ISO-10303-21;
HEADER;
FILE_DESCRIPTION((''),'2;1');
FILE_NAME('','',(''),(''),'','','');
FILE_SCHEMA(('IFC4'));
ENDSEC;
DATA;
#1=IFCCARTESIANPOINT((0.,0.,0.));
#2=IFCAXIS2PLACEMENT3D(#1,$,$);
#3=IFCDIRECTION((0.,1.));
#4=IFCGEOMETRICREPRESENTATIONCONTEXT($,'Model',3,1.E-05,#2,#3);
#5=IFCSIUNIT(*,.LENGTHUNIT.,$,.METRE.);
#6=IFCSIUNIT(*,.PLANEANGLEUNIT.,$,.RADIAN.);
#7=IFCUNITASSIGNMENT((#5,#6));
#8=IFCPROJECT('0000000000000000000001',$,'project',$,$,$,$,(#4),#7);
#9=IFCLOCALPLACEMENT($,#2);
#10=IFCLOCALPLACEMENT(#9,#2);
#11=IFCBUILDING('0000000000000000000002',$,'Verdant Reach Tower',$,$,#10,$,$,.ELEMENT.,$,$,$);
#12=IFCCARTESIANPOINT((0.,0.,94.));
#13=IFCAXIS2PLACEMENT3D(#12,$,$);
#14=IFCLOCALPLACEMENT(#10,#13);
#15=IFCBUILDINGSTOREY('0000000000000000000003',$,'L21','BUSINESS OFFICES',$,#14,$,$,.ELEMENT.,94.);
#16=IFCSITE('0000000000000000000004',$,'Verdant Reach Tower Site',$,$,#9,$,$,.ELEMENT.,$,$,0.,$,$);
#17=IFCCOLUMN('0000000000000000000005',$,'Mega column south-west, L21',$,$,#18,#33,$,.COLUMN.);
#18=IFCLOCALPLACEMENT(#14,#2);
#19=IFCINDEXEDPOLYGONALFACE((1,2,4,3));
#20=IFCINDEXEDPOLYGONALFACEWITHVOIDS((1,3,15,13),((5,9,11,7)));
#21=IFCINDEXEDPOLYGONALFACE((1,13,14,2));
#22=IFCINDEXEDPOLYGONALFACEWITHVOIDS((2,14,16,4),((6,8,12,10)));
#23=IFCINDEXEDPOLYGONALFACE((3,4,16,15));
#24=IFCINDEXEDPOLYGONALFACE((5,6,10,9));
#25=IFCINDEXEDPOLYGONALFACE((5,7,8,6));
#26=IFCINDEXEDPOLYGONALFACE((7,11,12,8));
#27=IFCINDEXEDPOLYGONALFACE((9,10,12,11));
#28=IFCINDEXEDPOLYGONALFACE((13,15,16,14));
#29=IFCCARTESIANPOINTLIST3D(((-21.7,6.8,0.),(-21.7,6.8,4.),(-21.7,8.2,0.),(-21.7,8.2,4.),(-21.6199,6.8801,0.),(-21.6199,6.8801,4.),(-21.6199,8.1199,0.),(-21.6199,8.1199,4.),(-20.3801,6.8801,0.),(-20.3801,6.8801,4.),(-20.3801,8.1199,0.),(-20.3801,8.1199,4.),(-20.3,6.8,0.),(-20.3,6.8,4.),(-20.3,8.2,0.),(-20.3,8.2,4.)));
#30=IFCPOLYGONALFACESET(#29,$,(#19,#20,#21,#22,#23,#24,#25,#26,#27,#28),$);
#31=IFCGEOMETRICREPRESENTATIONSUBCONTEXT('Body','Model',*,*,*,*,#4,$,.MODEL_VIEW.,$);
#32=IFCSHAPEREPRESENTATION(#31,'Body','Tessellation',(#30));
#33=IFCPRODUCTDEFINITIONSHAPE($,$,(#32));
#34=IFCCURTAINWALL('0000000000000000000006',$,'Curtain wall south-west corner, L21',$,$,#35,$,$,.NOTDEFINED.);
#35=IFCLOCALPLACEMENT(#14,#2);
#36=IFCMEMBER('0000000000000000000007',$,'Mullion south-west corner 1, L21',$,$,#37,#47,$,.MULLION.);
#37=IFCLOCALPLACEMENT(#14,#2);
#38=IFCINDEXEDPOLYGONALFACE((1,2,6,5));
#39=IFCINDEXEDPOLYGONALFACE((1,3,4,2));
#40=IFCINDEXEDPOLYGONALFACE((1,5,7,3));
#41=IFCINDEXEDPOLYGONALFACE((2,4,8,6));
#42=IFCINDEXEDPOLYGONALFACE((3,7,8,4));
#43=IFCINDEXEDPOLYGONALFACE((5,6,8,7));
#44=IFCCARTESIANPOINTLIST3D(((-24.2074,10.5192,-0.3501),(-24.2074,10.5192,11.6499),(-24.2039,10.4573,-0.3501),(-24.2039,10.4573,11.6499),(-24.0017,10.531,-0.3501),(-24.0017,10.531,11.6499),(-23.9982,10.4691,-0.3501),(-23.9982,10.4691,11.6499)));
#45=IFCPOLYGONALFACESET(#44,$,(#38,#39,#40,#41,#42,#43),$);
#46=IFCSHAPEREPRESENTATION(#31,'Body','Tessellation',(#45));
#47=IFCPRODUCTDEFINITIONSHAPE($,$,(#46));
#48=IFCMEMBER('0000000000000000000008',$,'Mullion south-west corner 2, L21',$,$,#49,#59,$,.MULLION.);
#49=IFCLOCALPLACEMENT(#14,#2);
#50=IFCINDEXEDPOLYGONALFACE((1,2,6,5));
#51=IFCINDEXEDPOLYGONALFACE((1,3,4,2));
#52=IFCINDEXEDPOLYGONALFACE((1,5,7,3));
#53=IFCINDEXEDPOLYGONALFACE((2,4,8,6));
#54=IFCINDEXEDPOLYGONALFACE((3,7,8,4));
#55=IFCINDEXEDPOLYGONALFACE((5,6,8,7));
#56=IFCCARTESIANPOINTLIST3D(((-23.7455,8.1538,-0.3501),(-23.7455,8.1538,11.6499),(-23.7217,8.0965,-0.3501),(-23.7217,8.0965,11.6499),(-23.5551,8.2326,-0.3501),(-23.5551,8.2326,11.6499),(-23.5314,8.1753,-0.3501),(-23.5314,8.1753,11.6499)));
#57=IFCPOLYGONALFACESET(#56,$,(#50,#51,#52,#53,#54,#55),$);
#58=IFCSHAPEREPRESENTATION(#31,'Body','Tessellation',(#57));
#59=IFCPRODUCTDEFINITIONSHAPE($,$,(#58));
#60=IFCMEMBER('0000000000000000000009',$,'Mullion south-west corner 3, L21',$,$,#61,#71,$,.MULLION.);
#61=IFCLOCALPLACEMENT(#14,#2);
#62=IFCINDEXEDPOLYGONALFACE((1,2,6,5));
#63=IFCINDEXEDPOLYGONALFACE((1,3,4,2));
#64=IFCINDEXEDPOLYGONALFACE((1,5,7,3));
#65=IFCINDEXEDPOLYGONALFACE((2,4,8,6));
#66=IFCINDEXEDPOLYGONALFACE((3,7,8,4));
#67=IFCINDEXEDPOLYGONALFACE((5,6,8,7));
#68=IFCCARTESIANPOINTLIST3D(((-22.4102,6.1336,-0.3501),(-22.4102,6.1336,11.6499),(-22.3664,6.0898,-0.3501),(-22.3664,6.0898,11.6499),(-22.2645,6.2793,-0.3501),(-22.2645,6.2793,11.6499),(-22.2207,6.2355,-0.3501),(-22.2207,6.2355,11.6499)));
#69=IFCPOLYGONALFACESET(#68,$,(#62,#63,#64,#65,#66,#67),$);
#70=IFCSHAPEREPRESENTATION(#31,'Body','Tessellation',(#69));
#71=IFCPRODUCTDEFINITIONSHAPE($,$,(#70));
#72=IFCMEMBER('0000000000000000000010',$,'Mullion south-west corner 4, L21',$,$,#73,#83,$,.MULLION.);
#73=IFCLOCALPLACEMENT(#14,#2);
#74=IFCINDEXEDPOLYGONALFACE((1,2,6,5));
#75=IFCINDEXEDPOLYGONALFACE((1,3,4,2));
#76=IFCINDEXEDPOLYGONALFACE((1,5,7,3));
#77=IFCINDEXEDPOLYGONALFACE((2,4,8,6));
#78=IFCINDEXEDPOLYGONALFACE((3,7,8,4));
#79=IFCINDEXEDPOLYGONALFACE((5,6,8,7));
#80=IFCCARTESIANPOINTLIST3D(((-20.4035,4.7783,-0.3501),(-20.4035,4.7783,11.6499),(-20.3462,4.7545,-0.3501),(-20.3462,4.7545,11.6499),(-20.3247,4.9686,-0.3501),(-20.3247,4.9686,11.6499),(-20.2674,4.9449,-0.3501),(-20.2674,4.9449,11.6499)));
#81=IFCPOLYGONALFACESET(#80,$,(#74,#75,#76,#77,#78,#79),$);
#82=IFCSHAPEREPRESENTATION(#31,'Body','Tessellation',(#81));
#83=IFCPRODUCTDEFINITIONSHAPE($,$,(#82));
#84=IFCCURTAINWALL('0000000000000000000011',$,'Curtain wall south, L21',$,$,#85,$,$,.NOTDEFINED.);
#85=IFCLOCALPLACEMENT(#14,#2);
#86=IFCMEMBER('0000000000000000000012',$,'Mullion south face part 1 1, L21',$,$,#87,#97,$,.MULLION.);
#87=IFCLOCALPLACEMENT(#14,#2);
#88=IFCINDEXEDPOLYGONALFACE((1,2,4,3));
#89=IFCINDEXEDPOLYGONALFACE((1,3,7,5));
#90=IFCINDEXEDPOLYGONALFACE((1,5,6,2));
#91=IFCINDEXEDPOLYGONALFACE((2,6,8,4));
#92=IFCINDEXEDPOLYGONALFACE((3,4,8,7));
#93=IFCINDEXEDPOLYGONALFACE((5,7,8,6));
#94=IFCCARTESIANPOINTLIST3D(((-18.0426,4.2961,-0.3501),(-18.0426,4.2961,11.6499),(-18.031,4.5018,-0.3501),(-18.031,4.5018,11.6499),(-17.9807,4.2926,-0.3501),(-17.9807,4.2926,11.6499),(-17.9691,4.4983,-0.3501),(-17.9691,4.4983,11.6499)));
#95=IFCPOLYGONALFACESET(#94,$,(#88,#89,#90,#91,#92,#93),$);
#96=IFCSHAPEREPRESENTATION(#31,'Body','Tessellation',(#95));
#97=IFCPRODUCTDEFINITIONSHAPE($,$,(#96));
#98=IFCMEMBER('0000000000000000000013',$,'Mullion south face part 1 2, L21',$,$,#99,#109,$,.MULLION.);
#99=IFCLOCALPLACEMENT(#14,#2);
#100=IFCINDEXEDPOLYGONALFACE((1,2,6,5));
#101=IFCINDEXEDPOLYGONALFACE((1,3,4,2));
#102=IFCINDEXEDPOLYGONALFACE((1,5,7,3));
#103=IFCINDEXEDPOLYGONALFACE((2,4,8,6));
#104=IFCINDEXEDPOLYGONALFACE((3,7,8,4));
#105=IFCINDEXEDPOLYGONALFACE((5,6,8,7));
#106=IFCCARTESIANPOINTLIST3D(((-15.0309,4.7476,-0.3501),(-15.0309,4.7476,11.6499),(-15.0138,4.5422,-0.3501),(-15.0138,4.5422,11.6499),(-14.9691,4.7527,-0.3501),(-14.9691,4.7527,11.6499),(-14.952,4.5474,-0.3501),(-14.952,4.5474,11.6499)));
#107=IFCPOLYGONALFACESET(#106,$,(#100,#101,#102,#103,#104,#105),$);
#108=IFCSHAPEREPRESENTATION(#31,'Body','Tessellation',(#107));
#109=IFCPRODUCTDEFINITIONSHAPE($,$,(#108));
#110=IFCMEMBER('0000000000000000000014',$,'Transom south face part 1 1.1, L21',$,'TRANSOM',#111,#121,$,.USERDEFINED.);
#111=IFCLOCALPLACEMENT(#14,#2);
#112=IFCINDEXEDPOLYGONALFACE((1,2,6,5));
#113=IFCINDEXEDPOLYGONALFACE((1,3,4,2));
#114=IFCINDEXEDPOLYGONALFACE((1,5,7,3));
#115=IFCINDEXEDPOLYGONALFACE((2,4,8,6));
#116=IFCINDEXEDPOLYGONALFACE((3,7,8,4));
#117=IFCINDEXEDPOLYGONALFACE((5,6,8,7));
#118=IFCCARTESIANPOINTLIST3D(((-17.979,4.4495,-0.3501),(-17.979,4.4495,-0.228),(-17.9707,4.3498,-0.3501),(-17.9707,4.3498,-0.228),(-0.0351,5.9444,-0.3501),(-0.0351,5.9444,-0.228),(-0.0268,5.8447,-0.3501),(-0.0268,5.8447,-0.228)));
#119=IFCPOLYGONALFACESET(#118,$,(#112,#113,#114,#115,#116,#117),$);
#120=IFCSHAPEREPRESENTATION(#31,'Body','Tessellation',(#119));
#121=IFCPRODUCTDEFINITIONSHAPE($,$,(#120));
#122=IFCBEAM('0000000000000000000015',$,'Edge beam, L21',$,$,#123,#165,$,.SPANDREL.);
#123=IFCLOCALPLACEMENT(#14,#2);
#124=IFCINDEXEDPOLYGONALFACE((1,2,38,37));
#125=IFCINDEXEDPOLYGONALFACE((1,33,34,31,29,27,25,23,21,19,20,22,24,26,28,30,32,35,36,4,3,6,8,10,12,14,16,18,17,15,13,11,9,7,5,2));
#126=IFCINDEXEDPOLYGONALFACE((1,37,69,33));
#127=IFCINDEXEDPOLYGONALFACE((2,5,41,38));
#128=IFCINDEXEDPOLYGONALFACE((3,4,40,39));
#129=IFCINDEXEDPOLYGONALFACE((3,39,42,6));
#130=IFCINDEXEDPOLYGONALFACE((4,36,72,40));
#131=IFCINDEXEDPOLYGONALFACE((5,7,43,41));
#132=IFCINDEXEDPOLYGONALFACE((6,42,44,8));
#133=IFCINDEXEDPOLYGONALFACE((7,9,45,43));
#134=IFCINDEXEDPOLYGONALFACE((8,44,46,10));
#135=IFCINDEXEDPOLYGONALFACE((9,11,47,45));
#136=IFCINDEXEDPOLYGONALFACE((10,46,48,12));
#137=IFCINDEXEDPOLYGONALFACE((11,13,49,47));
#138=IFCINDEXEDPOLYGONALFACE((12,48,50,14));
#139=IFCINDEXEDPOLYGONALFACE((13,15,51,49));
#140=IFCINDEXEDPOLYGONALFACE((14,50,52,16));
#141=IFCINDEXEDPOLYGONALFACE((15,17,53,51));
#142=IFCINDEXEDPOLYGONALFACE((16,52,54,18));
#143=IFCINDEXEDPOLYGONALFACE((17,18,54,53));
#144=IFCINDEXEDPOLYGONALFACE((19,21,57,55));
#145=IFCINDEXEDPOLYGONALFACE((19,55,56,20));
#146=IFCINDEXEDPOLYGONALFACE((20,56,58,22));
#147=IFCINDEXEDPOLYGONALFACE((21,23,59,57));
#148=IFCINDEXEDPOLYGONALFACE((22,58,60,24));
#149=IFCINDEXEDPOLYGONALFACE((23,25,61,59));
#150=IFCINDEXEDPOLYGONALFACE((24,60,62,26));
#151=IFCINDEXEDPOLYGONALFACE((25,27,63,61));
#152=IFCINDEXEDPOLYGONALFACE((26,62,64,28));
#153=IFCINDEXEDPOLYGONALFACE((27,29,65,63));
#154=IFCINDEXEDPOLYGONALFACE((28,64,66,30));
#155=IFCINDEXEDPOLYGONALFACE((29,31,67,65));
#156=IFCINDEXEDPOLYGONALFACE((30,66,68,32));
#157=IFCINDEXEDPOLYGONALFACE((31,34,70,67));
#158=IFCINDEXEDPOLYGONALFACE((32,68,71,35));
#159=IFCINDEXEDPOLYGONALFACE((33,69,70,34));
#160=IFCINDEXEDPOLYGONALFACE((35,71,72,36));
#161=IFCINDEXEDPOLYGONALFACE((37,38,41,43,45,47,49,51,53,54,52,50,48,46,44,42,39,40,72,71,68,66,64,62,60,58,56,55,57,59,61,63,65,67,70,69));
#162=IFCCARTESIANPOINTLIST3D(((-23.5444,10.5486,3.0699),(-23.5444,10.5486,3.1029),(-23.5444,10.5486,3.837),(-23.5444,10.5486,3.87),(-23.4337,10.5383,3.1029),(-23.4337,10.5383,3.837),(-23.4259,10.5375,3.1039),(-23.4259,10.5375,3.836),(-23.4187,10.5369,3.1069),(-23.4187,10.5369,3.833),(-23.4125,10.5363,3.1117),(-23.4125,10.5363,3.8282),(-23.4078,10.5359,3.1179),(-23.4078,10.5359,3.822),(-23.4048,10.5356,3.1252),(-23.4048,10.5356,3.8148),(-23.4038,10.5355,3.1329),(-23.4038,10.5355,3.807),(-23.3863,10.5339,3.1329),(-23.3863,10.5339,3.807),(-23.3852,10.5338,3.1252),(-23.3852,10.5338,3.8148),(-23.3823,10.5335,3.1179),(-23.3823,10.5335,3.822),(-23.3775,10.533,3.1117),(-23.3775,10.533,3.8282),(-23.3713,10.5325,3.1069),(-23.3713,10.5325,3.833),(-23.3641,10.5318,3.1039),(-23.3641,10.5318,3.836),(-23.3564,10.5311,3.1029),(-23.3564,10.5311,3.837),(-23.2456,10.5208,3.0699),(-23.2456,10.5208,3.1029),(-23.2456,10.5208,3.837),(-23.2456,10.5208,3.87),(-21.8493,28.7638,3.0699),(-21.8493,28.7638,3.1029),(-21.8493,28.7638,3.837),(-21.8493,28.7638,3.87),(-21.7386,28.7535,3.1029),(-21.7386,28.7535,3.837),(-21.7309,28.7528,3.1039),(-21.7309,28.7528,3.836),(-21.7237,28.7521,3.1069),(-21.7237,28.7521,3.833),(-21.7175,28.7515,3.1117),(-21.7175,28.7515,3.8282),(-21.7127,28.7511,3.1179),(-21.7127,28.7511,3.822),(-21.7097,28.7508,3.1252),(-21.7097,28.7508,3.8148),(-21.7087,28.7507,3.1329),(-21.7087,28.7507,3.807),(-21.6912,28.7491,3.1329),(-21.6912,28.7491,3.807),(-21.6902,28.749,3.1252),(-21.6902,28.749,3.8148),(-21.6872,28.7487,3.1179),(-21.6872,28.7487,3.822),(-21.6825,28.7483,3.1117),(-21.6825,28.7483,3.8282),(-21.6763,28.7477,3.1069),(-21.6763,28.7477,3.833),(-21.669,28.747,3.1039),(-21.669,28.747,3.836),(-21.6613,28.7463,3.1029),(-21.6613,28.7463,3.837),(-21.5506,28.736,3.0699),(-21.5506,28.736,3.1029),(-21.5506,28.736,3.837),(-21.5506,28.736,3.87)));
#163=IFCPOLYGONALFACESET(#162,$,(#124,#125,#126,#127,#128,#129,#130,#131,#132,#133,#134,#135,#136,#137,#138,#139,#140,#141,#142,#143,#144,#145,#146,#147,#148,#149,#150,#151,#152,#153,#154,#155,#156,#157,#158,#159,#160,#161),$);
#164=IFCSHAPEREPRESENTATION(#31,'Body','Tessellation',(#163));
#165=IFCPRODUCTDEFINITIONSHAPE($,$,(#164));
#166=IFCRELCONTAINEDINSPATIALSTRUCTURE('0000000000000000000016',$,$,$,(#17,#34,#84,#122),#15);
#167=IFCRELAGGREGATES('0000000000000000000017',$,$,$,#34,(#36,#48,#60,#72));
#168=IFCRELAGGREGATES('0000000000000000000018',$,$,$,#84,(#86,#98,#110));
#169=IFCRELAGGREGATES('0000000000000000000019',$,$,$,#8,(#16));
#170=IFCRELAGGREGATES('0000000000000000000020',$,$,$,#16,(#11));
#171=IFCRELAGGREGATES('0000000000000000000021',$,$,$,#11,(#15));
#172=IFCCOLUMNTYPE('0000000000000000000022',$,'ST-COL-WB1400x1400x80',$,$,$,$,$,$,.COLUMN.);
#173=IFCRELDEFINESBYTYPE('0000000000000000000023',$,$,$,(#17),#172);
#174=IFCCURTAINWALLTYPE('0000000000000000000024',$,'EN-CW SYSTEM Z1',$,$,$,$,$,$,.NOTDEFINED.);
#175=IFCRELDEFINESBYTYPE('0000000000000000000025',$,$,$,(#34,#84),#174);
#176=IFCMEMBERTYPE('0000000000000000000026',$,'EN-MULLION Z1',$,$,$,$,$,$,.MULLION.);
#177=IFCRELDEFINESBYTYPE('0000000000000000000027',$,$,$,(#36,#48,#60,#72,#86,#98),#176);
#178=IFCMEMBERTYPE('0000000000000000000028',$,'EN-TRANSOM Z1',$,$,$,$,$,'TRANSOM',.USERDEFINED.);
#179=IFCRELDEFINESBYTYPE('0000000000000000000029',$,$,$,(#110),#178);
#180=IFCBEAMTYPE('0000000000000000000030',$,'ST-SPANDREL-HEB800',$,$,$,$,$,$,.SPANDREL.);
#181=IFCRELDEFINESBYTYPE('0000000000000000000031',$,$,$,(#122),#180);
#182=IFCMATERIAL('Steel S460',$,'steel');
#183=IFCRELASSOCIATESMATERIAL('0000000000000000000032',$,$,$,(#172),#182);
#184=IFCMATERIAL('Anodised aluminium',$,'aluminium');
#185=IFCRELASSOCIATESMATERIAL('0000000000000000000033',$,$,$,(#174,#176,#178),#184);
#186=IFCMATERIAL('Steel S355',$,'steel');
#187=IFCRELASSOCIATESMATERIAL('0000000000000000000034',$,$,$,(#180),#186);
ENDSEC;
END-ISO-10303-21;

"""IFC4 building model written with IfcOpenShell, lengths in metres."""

from ifc_helpers import new_model, si_unit, direction, frame, origin, origin_2d, place, context, subcontext, project, spatial, rectangle, hollow_rectangle, i_section, extrude, material, material_profile, profile_set, type_object, element, aggregate, save


model = new_model("IFC4")

# Units and contexts
model_context = context("Model", 3, precision=1e-05, world=origin(), true_north=direction((0.0, 1.0)))
body_context = subcontext(model_context, "Body", "Model", "MODEL_VIEW")
ifc_project = project(units=[si_unit("LENGTHUNIT", "METRE"), si_unit("PLANEANGLEUNIT", "RADIAN")], contexts=[model_context])

# Site, building, storey
site_placement = place(None, origin())
site = spatial("IfcSite", under=ifc_project, at=site_placement, Name="Verdant Reach Tower Site", CompositionType="ELEMENT", RefElevation=0.0)
building_placement = place(site_placement, origin())
building = spatial("IfcBuilding", under=site, at=building_placement, Name="Verdant Reach Tower", CompositionType="ELEMENT")
storey_placement = place(building_placement, frame((0.0, 0.0, 94.0)))
storey = spatial("IfcBuildingStorey", under=building, at=storey_placement, Name="L21", Description="BUSINESS OFFICES", CompositionType="ELEMENT", Elevation=94.0)

# Column
ifc_material_1 = material(Name="Steel S460", Category="steel")
ifc_material_profile_1 = material_profile(ifc_material_1, hollow_rectangle(XDim=1.3999, YDim=1.3999, WallThickness=0.0801, at=origin_2d()), Name="WB 1400x1400x80")
ifc_profile_set_1 = profile_set([ifc_material_profile_1], Name="Steel S460")
column_type = type_object("IfcColumnType", Name="ST-COL-WB1400x1400x80", PredefinedType="COLUMN", material=ifc_profile_set_1)
column_placement = place(storey_placement, frame((-21.0, 7.5, 0.0), z_axis=(0.0, 0.0, 1.0), x_axis=(1.0, 0.0, 0.0)))
element("IfcColumn", 1, at=column_placement, inside=storey, type_object=column_type, Name="Mega column south-west, L21", PredefinedType="COLUMN", context=body_context, shape_type="SweptSolid", body=[
    extrude(hollow_rectangle(XDim=1.3999, YDim=1.3999, WallThickness=0.0801, at=origin_2d()), origin(), (0.0, 0.0, 1.0), 4.0),
])

# Curtain walls, members
ifc_material_2 = material(Name="Anodised aluminium", Category="aluminium")
curtain_wall_type = type_object("IfcCurtainWallType", Name="EN-CW SYSTEM Z1", PredefinedType="NOTDEFINED", material=ifc_material_2)
curtain_wall_1_placement = place(storey_placement, origin())
curtain_wall_1 = element("IfcCurtainWall", 2, at=curtain_wall_1_placement, inside=storey, type_object=curtain_wall_type, Name="Curtain wall south-west corner, L21", PredefinedType="NOTDEFINED")
ifc_material_profile_2 = material_profile(ifc_material_2, rectangle(XDim=0.2061, YDim=0.062, at=origin_2d()), Name="Mullion 62x206")
ifc_profile_set_2 = profile_set([ifc_material_profile_2], Name="Anodised aluminium")
member_type_1 = type_object("IfcMemberType", Name="EN-MULLION Z1", PredefinedType="MULLION", material=ifc_profile_set_2)
member_1_placement = place(storey_placement, frame((-24.1028, 10.4941, -0.3501), z_axis=(0.0, 0.0, 1.0), x_axis=(-0.998366, -0.057135, 0.0)))
member_1 = element("IfcMember", 3, at=member_1_placement, type_object=member_type_1, Name="Mullion south-west corner 1, L21", PredefinedType="MULLION", context=body_context, shape_type="SweptSolid", body=[
    extrude(rectangle(XDim=0.2061, YDim=0.062, at=origin_2d()), origin(), (0.0, 0.0, 1.0), 12.0),
])
member_2_placement = place(storey_placement, frame((-23.6384, 8.1646, -0.3501), z_axis=(0.0, 0.0, 1.0), x_axis=(-0.923875, -0.382694, 0.0)))
member_2 = element("IfcMember", 4, at=member_2_placement, type_object=member_type_1, Name="Mullion south-west corner 2, L21", PredefinedType="MULLION", context=body_context, shape_type="SweptSolid", body=[
    extrude(rectangle(XDim=0.2061, YDim=0.062, at=origin_2d()), origin(), (0.0, 0.0, 1.0), 12.0),
])
member_3_placement = place(storey_placement, frame((-22.3154, 6.1846, -0.3501), z_axis=(0.0, 0.0, 1.0), x_axis=(-0.707107, -0.707107, 0.0)))
member_3 = element("IfcMember", 5, at=member_3_placement, type_object=member_type_1, Name="Mullion south-west corner 3, L21", PredefinedType="MULLION", context=body_context, shape_type="SweptSolid", body=[
    extrude(rectangle(XDim=0.2061, YDim=0.062, at=origin_2d()), origin(), (0.0, 0.0, 1.0), 12.0),
])
member_4_placement = place(storey_placement, frame((-20.3354, 4.8616, -0.3501), z_axis=(0.0, 0.0, 1.0), x_axis=(-0.382694, -0.923875, 0.0)))
member_4 = element("IfcMember", 6, at=member_4_placement, type_object=member_type_1, Name="Mullion south-west corner 4, L21", PredefinedType="MULLION", context=body_context, shape_type="SweptSolid", body=[
    extrude(rectangle(XDim=0.2061, YDim=0.062, at=origin_2d()), origin(), (0.0, 0.0, 1.0), 12.0),
])
curtain_wall_2_placement = place(storey_placement, origin())
curtain_wall_2 = element("IfcCurtainWall", 7, at=curtain_wall_2_placement, inside=storey, type_object=curtain_wall_type, Name="Curtain wall south, L21", PredefinedType="NOTDEFINED")
member_5_placement = place(storey_placement, frame((-18.0059, 4.3972, -0.3501), z_axis=(0.0, 0.0, 1.0), x_axis=(-0.056569, -0.998399, 0.0)))
member_5 = element("IfcMember", 8, at=member_5_placement, type_object=member_type_1, Name="Mullion south face part 1 1, L21", PredefinedType="MULLION", context=body_context, shape_type="SweptSolid", body=[
    extrude(rectangle(XDim=0.2061, YDim=0.062, at=origin_2d()), origin(), (0.0, 0.0, 1.0), 12.0),
])
member_6_placement = place(storey_placement, frame((-14.9915, 4.6475, -0.3501), z_axis=(0.0, 0.0, 1.0), x_axis=(0.083045, -0.996546, 0.0)))
member_6 = element("IfcMember", 9, at=member_6_placement, type_object=member_type_1, Name="Mullion south face part 1 2, L21", PredefinedType="MULLION", context=body_context, shape_type="SweptSolid", body=[
    extrude(rectangle(XDim=0.2061, YDim=0.062, at=origin_2d()), origin(), (0.0, 0.0, 1.0), 12.0),
])
ifc_material_profile_3 = material_profile(ifc_material_2, rectangle(XDim=0.1001, YDim=0.1221, at=origin_2d()), Name="Transom 122x100")
ifc_profile_set_3 = profile_set([ifc_material_profile_3], Name="Anodised aluminium")
member_type_2 = type_object("IfcMemberType", Name="EN-TRANSOM Z1", ElementType="TRANSOM", PredefinedType="USERDEFINED", material=ifc_profile_set_3)
member_7_placement = place(storey_placement, frame((-17.9749, 4.3997, -0.2891), z_axis=(0.996548, 0.083021, 0.0), x_axis=(-0.083021, 0.996548, 0.0)))
member_7 = element("IfcMember", 10, at=member_7_placement, type_object=member_type_2, Name="Transom south face part 1 1.1, L21", ObjectType="TRANSOM", PredefinedType="USERDEFINED", context=body_context, shape_type="SweptSolid", body=[
    extrude(rectangle(XDim=0.1001, YDim=0.1221, at=origin_2d()), origin(), (0.0, 0.0, 1.0), 18.0061),
])

# Beam
ifc_material_3 = material(Name="Steel S355", Category="steel")
ifc_material_profile_4 = material_profile(ifc_material_3, i_section(OverallWidth=0.3, OverallDepth=0.8, WebThickness=0.0176, FlangeThickness=0.033, FilletRadius=0.03, at=origin_2d()), Name="HEB 800")
ifc_profile_set_4 = profile_set([ifc_material_profile_4], Name="Steel S355")
beam_type_1 = type_object("IfcBeamType", Name="ST-SPANDREL-HEB800", PredefinedType="SPANDREL", material=ifc_profile_set_4)
beam_1_placement = place(storey_placement, frame((-23.395, 10.5347, 3.47), z_axis=(0.092657, 0.995698, 0.0), x_axis=(-0.995698, 0.092657, 0.0)))
element("IfcBeam", 11, at=beam_1_placement, inside=storey, type_object=beam_type_1, Name="Edge beam, L21", PredefinedType="SPANDREL", context=body_context, shape_type="SweptSolid", body=[
    extrude(i_section(OverallWidth=0.3, OverallDepth=0.8, WebThickness=0.0176, FlangeThickness=0.033, FilletRadius=0.03, at=origin_2d()), origin(), (0.0, 0.0, 1.0), 18.2939),
])

aggregate(curtain_wall_1, [member_1, member_2, member_3, member_4])
aggregate(curtain_wall_2, [member_5, member_6, member_7])

save(model, "model.ifc")
